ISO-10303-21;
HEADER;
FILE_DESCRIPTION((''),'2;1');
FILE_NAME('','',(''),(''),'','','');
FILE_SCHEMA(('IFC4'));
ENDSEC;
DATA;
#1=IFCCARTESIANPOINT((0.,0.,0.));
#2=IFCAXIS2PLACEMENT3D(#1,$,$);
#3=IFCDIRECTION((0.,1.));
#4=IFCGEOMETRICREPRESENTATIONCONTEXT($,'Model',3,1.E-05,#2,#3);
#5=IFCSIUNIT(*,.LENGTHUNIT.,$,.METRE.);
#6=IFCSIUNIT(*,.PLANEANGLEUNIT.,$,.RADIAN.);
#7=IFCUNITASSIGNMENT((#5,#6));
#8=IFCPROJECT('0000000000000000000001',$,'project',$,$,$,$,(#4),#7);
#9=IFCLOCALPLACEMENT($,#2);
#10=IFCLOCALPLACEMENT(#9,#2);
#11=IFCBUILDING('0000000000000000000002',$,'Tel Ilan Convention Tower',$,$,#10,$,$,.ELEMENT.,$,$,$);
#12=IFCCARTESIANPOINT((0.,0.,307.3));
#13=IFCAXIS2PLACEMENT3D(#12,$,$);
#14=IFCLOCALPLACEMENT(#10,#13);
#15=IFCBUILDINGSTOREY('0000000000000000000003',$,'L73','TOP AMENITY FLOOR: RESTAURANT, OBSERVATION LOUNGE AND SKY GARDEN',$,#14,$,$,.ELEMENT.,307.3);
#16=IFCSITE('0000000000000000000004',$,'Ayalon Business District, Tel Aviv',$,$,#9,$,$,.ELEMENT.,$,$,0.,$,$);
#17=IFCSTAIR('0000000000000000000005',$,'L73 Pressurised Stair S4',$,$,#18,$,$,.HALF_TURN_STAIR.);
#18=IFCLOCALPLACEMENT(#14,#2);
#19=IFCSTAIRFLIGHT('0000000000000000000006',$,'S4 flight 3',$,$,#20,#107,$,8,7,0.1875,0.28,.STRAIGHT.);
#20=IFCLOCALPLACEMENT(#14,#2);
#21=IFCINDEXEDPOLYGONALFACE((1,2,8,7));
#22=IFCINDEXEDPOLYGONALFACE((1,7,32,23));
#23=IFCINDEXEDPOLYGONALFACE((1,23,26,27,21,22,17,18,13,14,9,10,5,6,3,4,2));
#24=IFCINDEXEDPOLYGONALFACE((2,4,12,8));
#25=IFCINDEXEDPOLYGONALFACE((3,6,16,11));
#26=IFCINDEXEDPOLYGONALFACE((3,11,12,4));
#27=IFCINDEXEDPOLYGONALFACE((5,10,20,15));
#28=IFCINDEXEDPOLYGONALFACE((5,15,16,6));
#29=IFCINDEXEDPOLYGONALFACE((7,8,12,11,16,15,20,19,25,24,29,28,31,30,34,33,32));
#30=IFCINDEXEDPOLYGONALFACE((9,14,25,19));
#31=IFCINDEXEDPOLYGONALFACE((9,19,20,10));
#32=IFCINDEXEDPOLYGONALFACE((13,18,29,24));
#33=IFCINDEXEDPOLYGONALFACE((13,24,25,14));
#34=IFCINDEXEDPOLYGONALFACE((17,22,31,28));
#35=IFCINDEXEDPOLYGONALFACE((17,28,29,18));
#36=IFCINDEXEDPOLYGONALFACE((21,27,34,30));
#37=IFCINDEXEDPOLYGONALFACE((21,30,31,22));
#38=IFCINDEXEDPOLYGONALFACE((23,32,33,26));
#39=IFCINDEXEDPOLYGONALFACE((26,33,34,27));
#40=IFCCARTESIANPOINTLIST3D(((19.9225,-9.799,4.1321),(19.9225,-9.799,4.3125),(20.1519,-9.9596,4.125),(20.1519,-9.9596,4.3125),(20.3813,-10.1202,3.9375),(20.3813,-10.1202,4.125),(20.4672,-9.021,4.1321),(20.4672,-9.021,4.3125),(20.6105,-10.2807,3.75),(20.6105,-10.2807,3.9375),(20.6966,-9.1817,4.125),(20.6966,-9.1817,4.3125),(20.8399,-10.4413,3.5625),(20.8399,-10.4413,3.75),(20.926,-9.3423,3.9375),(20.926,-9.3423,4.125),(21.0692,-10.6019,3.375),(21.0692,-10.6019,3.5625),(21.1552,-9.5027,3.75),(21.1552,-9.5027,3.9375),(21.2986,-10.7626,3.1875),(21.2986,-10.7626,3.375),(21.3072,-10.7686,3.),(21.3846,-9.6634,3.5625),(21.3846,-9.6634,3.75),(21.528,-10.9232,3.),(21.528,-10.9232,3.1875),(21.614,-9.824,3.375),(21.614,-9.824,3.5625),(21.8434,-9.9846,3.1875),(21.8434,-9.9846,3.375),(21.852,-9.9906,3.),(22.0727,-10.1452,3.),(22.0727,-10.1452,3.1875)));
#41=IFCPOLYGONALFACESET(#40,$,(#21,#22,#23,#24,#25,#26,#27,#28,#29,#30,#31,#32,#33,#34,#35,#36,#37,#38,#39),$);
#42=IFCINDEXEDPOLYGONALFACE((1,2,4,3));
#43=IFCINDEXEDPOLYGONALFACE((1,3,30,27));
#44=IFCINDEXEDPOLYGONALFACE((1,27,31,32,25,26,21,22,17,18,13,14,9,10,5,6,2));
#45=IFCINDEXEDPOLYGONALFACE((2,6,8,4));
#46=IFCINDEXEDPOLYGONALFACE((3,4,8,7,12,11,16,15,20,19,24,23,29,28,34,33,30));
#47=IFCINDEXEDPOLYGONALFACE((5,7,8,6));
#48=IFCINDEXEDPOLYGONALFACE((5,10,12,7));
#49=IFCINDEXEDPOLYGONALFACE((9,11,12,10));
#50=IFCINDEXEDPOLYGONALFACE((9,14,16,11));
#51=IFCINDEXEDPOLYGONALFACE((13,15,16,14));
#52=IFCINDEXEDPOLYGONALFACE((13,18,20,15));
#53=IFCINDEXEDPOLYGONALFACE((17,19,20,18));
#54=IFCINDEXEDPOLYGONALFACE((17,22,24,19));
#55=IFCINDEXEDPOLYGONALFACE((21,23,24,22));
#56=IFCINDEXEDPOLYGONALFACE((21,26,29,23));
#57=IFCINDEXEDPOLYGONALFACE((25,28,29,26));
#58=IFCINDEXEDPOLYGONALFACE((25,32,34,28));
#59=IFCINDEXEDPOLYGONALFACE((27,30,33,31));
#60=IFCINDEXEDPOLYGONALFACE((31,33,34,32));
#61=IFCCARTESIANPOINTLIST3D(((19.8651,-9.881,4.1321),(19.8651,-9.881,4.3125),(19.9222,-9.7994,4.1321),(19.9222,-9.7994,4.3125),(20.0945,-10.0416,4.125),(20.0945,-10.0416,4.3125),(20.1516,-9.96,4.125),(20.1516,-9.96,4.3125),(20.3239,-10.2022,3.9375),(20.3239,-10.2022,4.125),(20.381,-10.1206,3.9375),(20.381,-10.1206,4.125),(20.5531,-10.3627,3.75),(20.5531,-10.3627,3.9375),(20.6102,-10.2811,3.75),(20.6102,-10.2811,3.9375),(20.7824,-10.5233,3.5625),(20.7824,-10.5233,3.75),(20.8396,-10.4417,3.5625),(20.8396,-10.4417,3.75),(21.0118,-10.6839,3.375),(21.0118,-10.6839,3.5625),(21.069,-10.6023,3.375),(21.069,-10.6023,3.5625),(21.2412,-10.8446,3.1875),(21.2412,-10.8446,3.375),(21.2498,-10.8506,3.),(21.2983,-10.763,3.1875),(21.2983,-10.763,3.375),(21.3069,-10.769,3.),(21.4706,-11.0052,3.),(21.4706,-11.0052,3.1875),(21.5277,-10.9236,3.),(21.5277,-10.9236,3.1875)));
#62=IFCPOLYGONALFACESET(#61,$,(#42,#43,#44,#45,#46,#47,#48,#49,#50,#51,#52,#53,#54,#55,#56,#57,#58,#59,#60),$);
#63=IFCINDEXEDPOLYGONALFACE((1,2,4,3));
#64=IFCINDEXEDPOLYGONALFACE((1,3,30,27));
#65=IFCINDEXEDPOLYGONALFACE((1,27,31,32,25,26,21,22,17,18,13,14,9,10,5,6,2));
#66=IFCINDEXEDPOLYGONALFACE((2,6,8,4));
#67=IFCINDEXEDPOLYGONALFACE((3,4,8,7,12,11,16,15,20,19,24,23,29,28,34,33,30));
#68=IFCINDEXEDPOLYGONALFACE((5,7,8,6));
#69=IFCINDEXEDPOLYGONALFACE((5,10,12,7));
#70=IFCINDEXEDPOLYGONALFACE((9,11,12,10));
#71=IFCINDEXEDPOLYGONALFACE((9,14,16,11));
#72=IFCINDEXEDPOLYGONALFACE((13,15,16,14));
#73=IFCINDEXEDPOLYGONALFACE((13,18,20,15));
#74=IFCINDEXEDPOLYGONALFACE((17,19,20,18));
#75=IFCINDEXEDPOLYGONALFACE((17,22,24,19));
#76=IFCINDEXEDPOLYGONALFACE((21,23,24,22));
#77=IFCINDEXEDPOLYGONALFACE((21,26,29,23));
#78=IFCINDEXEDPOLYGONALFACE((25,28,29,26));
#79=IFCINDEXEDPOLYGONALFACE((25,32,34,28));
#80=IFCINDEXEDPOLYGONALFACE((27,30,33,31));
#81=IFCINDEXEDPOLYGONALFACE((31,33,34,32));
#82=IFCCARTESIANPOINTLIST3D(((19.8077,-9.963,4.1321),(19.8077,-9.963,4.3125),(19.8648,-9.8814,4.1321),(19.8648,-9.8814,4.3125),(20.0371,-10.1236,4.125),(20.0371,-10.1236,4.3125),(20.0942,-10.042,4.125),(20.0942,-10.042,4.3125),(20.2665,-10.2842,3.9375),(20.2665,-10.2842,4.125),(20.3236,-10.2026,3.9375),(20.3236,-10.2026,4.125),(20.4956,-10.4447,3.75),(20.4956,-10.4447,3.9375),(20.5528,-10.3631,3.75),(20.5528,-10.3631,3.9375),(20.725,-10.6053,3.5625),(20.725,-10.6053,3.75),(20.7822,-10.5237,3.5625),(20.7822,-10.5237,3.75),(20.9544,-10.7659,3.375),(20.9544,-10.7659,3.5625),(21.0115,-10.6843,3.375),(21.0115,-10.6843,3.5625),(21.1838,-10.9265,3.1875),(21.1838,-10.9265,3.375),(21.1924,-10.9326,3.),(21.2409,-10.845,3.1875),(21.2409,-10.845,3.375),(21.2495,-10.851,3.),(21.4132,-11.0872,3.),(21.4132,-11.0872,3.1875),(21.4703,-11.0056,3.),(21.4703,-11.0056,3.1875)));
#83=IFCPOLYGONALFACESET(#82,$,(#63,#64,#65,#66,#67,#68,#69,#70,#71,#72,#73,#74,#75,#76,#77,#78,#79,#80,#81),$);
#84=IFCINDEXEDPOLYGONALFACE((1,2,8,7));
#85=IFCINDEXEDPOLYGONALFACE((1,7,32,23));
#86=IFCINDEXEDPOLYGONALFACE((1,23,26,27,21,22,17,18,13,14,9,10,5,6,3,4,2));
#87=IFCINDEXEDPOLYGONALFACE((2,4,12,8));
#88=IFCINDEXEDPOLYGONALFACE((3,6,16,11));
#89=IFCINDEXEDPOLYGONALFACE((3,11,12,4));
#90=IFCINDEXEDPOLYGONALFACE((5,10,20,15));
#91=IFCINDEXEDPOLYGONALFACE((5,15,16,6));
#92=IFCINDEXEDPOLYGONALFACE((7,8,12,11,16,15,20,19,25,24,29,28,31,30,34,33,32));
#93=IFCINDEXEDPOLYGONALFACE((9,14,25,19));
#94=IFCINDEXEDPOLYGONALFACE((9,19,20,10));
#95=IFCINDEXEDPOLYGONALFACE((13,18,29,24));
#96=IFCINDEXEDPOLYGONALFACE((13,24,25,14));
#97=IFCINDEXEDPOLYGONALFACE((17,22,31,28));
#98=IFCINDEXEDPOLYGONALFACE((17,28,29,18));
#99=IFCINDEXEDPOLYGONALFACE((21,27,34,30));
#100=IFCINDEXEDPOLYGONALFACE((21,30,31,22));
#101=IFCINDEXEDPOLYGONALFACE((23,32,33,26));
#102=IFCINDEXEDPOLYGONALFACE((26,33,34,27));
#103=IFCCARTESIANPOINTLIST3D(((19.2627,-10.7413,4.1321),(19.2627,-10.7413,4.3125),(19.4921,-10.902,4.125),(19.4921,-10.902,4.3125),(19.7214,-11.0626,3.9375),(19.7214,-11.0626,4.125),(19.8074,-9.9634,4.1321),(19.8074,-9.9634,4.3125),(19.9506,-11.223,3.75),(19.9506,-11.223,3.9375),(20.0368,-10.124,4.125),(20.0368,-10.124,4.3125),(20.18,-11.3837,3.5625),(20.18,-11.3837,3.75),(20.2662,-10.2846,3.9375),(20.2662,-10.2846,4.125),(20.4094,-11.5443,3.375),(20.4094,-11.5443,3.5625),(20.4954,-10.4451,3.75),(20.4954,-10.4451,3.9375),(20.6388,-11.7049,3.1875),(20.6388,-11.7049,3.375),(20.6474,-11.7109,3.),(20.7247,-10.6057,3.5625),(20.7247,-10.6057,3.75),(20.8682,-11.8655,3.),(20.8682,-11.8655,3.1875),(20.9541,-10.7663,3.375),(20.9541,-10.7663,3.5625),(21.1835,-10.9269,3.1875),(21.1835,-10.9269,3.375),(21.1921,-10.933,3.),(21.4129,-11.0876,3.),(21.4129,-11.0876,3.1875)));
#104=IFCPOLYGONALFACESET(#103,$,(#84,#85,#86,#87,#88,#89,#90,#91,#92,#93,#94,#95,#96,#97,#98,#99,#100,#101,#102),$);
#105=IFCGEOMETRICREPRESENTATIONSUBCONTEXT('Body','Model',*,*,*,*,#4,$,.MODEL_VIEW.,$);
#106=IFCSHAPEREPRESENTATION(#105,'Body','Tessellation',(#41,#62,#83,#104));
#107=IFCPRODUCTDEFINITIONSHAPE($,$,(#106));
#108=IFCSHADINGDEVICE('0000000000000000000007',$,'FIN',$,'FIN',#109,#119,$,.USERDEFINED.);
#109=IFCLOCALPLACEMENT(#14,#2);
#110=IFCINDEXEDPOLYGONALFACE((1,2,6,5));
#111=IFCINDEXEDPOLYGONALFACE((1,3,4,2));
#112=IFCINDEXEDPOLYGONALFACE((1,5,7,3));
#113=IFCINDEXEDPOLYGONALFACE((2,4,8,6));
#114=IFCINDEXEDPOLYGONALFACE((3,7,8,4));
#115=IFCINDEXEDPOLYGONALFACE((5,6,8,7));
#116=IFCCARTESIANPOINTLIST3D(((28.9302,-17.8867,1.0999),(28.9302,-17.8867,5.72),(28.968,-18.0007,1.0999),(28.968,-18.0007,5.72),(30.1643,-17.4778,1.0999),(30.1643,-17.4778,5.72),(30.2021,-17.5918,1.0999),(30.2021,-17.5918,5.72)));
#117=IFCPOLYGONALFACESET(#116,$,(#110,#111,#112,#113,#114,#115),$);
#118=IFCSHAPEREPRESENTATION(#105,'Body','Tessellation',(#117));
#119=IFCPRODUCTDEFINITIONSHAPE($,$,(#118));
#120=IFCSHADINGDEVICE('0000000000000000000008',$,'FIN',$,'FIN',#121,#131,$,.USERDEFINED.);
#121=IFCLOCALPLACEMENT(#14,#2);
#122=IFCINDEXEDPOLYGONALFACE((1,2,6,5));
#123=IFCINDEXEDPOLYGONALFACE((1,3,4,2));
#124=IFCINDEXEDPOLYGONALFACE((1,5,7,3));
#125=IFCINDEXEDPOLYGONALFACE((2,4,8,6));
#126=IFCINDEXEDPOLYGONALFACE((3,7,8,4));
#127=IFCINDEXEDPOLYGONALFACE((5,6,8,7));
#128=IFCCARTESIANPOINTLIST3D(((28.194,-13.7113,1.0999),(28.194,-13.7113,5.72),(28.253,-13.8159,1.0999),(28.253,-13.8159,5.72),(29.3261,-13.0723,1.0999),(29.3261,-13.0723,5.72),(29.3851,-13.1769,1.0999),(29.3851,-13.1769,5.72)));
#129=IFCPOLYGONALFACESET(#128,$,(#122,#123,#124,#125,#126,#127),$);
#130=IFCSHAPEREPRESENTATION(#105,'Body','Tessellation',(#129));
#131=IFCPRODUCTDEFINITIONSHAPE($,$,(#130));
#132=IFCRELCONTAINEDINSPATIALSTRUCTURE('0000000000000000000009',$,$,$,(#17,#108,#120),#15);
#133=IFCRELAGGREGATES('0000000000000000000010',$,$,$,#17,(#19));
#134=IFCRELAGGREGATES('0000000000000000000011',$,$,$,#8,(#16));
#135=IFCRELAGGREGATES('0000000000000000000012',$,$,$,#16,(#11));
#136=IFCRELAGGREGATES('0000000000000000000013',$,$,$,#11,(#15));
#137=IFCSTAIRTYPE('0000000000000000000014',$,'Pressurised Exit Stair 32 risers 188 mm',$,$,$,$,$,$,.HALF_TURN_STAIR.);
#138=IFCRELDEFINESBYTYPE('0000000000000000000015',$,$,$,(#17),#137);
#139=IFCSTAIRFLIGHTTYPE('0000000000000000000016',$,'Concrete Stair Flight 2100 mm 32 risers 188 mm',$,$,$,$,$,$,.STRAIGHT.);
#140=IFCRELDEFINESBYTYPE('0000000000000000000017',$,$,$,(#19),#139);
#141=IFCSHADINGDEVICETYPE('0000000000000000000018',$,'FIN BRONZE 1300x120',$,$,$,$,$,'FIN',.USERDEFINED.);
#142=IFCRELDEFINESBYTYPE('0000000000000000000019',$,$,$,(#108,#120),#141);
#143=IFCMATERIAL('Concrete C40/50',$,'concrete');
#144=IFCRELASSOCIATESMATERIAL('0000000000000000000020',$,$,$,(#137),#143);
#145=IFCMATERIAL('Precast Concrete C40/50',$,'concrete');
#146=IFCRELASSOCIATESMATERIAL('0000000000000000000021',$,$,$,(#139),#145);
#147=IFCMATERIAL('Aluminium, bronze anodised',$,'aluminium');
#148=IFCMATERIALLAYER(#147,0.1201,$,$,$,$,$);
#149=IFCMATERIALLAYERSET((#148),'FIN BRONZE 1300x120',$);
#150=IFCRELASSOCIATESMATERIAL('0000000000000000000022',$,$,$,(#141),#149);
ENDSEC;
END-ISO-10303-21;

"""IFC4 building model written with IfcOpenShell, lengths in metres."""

from ifc_helpers import new_model, si_unit, direction, frame, origin, origin_2d, place, context, subcontext, project, spatial, polyline, rectangle, outline, extrude, material, layer, layer_set, type_object, element, aggregate, save


model = new_model("IFC4")

# Units and contexts
model_context = context("Model", 3, precision=1e-05, world=origin(), true_north=direction((0.0, 1.0)))
body_context = subcontext(model_context, "Body", "Model", "MODEL_VIEW")
ifc_project = project(units=[si_unit("LENGTHUNIT", "METRE"), si_unit("PLANEANGLEUNIT", "RADIAN")], contexts=[model_context])

# Site, building, storey
site_placement = place(None, origin())
site = spatial("IfcSite", under=ifc_project, at=site_placement, Name="Ayalon Business District, Tel Aviv", CompositionType="ELEMENT", RefElevation=0.0)
building_placement = place(site_placement, origin())
building = spatial("IfcBuilding", under=site, at=building_placement, Name="Tel Ilan Convention Tower", CompositionType="ELEMENT")
storey_placement = place(building_placement, frame((0.0, 0.0, 307.3)))
storey = spatial("IfcBuildingStorey", under=building, at=storey_placement, Name="L73", Description="TOP AMENITY FLOOR: RESTAURANT, OBSERVATION LOUNGE AND SKY GARDEN", CompositionType="ELEMENT", Elevation=307.3)

# Stair, stair flight
ifc_material_1 = material(Name="Concrete C40/50", Category="concrete")
stair_type = type_object("IfcStairType", Name="Pressurised Exit Stair 32 risers 188 mm", PredefinedType="HALF_TURN_STAIR", material=ifc_material_1)
stair_placement = place(storey_placement, origin())
stair = element("IfcStair", 1, at=stair_placement, inside=storey, type_object=stair_type, Name="L73 Pressurised Stair S4", PredefinedType="HALF_TURN_STAIR")
ifc_material_2 = material(Name="Precast Concrete C40/50", Category="concrete")
stair_flight_type = type_object("IfcStairFlightType", Name="Concrete Stair Flight 2100 mm 32 risers 188 mm", PredefinedType="STRAIGHT", material=ifc_material_2)
stair_flight_1_placement = place(storey_placement, frame((21.4705, -11.0054, 3.0), z_axis=(0.0, 0.0, 1.0), x_axis=(-0.819152, 0.573576, 0.0)))
stair_flight_1 = element("IfcStairFlight", 2, at=stair_flight_1_placement, type_object=stair_flight_type, Name="S4 flight 3", NumberOfRisers=8, NumberOfTreads=7, PredefinedType="STRAIGHT", RiserHeight=0.1875, TreadLength=0.28, context=body_context, shape_type="SweptSolid", body=[
    extrude(outline(polyline([(0.0, 0.0), (0.0, 0.1875), (0.28, 0.1875), (0.28, 0.375), (0.5601, 0.375), (0.5601, 0.5625), (0.8401, 0.5625), (0.8401, 0.75), (1.1201, 0.75), (1.1201, 0.9375), (1.3999, 0.9375), (1.3999, 1.125), (1.6799, 1.125), (1.6799, 1.3125), (1.96, 1.3125), (1.96, 1.5), (1.96, 1.1321), (0.2695, 0.0), (0.0, 0.0)])), frame((0.0, -0.1003, 0.0), z_axis=(0.0, -1.0, 0.0), x_axis=(1.0, 0.0, 0.0)), (0.0, 0.0, 1.0), 0.9497),
    extrude(outline(polyline([(0.0, 0.0), (0.0, 0.1875), (0.28, 0.1875), (0.28, 0.375), (0.5601, 0.375), (0.5601, 0.5625), (0.8401, 0.5625), (0.8401, 0.75), (1.1201, 0.75), (1.1201, 0.9375), (1.3999, 0.9375), (1.3999, 1.125), (1.6799, 1.125), (1.6799, 1.3125), (1.96, 1.3125), (1.96, 1.5), (1.96, 1.1321), (0.2695, 0.0), (0.0, 0.0)])), frame((0.0, -0.0002, 0.0), z_axis=(0.0, -1.0, 0.0), x_axis=(1.0, 0.0, 0.0)), (0.0, 0.0, 1.0), 0.0996),
    extrude(outline(polyline([(0.0, 0.0), (0.0, 0.1875), (0.28, 0.1875), (0.28, 0.375), (0.5601, 0.375), (0.5601, 0.5625), (0.8401, 0.5625), (0.8401, 0.75), (1.1201, 0.75), (1.1201, 0.9375), (1.3999, 0.9375), (1.3999, 1.125), (1.6799, 1.125), (1.6799, 1.3125), (1.96, 1.3125), (1.96, 1.5), (1.96, 1.1321), (0.2695, 0.0), (0.0, 0.0)])), frame((0.0, 0.0999, 0.0), z_axis=(0.0, -1.0, 0.0), x_axis=(1.0, 0.0, 0.0)), (0.0, 0.0, 1.0), 0.0996),
    extrude(outline(polyline([(0.0, 0.0), (0.0, 0.1875), (0.28, 0.1875), (0.28, 0.375), (0.5601, 0.375), (0.5601, 0.5625), (0.8401, 0.5625), (0.8401, 0.75), (1.1201, 0.75), (1.1201, 0.9375), (1.3999, 0.9375), (1.3999, 1.125), (1.6799, 1.125), (1.6799, 1.3125), (1.96, 1.3125), (1.96, 1.5), (1.96, 1.1321), (0.2695, 0.0), (0.0, 0.0)])), frame((0.0, 1.05, 0.0), z_axis=(0.0, -1.0, 0.0), x_axis=(1.0, 0.0, 0.0)), (0.0, 0.0, 1.0), 0.9497),
])
aggregate(stair, [stair_flight_1])

# Shading devices
ifc_material_3 = material(Name="Aluminium, bronze anodised", Category="aluminium")
ifc_layer_1 = layer(ifc_material_3, 0.1201)
ifc_layer_set_1 = layer_set([ifc_layer_1], Name="FIN BRONZE 1300x120")
shading_device_type = type_object("IfcShadingDeviceType", Name="FIN BRONZE 1300x120", ElementType="FIN", PredefinedType="USERDEFINED", material=ifc_layer_set_1)
for number, where, z_axis, x_axis, name in (
    (3, (29.5662, -17.7393, 1.0999), (0.0, 0.0, 1.0), (0.949243, 0.314545, 0.0), "FIN"),
    (4, (28.7896, -13.4441, 1.0999), (0.0, 0.0, 1.0), (0.870833, 0.491579, 0.0), "FIN"),
):
    element("IfcShadingDevice", number, at=place(storey_placement, frame(where, z_axis=z_axis, x_axis=x_axis)), inside=storey, type_object=shading_device_type, Name=name, ObjectType="FIN", PredefinedType="USERDEFINED", context=body_context, shape_type="SweptSolid", body=[
        extrude(rectangle(XDim=1.3, YDim=0.1201, at=origin_2d()), origin(), (0.0, 0.0, 1.0), 4.6201),
    ])

save(model, "model.ifc")
